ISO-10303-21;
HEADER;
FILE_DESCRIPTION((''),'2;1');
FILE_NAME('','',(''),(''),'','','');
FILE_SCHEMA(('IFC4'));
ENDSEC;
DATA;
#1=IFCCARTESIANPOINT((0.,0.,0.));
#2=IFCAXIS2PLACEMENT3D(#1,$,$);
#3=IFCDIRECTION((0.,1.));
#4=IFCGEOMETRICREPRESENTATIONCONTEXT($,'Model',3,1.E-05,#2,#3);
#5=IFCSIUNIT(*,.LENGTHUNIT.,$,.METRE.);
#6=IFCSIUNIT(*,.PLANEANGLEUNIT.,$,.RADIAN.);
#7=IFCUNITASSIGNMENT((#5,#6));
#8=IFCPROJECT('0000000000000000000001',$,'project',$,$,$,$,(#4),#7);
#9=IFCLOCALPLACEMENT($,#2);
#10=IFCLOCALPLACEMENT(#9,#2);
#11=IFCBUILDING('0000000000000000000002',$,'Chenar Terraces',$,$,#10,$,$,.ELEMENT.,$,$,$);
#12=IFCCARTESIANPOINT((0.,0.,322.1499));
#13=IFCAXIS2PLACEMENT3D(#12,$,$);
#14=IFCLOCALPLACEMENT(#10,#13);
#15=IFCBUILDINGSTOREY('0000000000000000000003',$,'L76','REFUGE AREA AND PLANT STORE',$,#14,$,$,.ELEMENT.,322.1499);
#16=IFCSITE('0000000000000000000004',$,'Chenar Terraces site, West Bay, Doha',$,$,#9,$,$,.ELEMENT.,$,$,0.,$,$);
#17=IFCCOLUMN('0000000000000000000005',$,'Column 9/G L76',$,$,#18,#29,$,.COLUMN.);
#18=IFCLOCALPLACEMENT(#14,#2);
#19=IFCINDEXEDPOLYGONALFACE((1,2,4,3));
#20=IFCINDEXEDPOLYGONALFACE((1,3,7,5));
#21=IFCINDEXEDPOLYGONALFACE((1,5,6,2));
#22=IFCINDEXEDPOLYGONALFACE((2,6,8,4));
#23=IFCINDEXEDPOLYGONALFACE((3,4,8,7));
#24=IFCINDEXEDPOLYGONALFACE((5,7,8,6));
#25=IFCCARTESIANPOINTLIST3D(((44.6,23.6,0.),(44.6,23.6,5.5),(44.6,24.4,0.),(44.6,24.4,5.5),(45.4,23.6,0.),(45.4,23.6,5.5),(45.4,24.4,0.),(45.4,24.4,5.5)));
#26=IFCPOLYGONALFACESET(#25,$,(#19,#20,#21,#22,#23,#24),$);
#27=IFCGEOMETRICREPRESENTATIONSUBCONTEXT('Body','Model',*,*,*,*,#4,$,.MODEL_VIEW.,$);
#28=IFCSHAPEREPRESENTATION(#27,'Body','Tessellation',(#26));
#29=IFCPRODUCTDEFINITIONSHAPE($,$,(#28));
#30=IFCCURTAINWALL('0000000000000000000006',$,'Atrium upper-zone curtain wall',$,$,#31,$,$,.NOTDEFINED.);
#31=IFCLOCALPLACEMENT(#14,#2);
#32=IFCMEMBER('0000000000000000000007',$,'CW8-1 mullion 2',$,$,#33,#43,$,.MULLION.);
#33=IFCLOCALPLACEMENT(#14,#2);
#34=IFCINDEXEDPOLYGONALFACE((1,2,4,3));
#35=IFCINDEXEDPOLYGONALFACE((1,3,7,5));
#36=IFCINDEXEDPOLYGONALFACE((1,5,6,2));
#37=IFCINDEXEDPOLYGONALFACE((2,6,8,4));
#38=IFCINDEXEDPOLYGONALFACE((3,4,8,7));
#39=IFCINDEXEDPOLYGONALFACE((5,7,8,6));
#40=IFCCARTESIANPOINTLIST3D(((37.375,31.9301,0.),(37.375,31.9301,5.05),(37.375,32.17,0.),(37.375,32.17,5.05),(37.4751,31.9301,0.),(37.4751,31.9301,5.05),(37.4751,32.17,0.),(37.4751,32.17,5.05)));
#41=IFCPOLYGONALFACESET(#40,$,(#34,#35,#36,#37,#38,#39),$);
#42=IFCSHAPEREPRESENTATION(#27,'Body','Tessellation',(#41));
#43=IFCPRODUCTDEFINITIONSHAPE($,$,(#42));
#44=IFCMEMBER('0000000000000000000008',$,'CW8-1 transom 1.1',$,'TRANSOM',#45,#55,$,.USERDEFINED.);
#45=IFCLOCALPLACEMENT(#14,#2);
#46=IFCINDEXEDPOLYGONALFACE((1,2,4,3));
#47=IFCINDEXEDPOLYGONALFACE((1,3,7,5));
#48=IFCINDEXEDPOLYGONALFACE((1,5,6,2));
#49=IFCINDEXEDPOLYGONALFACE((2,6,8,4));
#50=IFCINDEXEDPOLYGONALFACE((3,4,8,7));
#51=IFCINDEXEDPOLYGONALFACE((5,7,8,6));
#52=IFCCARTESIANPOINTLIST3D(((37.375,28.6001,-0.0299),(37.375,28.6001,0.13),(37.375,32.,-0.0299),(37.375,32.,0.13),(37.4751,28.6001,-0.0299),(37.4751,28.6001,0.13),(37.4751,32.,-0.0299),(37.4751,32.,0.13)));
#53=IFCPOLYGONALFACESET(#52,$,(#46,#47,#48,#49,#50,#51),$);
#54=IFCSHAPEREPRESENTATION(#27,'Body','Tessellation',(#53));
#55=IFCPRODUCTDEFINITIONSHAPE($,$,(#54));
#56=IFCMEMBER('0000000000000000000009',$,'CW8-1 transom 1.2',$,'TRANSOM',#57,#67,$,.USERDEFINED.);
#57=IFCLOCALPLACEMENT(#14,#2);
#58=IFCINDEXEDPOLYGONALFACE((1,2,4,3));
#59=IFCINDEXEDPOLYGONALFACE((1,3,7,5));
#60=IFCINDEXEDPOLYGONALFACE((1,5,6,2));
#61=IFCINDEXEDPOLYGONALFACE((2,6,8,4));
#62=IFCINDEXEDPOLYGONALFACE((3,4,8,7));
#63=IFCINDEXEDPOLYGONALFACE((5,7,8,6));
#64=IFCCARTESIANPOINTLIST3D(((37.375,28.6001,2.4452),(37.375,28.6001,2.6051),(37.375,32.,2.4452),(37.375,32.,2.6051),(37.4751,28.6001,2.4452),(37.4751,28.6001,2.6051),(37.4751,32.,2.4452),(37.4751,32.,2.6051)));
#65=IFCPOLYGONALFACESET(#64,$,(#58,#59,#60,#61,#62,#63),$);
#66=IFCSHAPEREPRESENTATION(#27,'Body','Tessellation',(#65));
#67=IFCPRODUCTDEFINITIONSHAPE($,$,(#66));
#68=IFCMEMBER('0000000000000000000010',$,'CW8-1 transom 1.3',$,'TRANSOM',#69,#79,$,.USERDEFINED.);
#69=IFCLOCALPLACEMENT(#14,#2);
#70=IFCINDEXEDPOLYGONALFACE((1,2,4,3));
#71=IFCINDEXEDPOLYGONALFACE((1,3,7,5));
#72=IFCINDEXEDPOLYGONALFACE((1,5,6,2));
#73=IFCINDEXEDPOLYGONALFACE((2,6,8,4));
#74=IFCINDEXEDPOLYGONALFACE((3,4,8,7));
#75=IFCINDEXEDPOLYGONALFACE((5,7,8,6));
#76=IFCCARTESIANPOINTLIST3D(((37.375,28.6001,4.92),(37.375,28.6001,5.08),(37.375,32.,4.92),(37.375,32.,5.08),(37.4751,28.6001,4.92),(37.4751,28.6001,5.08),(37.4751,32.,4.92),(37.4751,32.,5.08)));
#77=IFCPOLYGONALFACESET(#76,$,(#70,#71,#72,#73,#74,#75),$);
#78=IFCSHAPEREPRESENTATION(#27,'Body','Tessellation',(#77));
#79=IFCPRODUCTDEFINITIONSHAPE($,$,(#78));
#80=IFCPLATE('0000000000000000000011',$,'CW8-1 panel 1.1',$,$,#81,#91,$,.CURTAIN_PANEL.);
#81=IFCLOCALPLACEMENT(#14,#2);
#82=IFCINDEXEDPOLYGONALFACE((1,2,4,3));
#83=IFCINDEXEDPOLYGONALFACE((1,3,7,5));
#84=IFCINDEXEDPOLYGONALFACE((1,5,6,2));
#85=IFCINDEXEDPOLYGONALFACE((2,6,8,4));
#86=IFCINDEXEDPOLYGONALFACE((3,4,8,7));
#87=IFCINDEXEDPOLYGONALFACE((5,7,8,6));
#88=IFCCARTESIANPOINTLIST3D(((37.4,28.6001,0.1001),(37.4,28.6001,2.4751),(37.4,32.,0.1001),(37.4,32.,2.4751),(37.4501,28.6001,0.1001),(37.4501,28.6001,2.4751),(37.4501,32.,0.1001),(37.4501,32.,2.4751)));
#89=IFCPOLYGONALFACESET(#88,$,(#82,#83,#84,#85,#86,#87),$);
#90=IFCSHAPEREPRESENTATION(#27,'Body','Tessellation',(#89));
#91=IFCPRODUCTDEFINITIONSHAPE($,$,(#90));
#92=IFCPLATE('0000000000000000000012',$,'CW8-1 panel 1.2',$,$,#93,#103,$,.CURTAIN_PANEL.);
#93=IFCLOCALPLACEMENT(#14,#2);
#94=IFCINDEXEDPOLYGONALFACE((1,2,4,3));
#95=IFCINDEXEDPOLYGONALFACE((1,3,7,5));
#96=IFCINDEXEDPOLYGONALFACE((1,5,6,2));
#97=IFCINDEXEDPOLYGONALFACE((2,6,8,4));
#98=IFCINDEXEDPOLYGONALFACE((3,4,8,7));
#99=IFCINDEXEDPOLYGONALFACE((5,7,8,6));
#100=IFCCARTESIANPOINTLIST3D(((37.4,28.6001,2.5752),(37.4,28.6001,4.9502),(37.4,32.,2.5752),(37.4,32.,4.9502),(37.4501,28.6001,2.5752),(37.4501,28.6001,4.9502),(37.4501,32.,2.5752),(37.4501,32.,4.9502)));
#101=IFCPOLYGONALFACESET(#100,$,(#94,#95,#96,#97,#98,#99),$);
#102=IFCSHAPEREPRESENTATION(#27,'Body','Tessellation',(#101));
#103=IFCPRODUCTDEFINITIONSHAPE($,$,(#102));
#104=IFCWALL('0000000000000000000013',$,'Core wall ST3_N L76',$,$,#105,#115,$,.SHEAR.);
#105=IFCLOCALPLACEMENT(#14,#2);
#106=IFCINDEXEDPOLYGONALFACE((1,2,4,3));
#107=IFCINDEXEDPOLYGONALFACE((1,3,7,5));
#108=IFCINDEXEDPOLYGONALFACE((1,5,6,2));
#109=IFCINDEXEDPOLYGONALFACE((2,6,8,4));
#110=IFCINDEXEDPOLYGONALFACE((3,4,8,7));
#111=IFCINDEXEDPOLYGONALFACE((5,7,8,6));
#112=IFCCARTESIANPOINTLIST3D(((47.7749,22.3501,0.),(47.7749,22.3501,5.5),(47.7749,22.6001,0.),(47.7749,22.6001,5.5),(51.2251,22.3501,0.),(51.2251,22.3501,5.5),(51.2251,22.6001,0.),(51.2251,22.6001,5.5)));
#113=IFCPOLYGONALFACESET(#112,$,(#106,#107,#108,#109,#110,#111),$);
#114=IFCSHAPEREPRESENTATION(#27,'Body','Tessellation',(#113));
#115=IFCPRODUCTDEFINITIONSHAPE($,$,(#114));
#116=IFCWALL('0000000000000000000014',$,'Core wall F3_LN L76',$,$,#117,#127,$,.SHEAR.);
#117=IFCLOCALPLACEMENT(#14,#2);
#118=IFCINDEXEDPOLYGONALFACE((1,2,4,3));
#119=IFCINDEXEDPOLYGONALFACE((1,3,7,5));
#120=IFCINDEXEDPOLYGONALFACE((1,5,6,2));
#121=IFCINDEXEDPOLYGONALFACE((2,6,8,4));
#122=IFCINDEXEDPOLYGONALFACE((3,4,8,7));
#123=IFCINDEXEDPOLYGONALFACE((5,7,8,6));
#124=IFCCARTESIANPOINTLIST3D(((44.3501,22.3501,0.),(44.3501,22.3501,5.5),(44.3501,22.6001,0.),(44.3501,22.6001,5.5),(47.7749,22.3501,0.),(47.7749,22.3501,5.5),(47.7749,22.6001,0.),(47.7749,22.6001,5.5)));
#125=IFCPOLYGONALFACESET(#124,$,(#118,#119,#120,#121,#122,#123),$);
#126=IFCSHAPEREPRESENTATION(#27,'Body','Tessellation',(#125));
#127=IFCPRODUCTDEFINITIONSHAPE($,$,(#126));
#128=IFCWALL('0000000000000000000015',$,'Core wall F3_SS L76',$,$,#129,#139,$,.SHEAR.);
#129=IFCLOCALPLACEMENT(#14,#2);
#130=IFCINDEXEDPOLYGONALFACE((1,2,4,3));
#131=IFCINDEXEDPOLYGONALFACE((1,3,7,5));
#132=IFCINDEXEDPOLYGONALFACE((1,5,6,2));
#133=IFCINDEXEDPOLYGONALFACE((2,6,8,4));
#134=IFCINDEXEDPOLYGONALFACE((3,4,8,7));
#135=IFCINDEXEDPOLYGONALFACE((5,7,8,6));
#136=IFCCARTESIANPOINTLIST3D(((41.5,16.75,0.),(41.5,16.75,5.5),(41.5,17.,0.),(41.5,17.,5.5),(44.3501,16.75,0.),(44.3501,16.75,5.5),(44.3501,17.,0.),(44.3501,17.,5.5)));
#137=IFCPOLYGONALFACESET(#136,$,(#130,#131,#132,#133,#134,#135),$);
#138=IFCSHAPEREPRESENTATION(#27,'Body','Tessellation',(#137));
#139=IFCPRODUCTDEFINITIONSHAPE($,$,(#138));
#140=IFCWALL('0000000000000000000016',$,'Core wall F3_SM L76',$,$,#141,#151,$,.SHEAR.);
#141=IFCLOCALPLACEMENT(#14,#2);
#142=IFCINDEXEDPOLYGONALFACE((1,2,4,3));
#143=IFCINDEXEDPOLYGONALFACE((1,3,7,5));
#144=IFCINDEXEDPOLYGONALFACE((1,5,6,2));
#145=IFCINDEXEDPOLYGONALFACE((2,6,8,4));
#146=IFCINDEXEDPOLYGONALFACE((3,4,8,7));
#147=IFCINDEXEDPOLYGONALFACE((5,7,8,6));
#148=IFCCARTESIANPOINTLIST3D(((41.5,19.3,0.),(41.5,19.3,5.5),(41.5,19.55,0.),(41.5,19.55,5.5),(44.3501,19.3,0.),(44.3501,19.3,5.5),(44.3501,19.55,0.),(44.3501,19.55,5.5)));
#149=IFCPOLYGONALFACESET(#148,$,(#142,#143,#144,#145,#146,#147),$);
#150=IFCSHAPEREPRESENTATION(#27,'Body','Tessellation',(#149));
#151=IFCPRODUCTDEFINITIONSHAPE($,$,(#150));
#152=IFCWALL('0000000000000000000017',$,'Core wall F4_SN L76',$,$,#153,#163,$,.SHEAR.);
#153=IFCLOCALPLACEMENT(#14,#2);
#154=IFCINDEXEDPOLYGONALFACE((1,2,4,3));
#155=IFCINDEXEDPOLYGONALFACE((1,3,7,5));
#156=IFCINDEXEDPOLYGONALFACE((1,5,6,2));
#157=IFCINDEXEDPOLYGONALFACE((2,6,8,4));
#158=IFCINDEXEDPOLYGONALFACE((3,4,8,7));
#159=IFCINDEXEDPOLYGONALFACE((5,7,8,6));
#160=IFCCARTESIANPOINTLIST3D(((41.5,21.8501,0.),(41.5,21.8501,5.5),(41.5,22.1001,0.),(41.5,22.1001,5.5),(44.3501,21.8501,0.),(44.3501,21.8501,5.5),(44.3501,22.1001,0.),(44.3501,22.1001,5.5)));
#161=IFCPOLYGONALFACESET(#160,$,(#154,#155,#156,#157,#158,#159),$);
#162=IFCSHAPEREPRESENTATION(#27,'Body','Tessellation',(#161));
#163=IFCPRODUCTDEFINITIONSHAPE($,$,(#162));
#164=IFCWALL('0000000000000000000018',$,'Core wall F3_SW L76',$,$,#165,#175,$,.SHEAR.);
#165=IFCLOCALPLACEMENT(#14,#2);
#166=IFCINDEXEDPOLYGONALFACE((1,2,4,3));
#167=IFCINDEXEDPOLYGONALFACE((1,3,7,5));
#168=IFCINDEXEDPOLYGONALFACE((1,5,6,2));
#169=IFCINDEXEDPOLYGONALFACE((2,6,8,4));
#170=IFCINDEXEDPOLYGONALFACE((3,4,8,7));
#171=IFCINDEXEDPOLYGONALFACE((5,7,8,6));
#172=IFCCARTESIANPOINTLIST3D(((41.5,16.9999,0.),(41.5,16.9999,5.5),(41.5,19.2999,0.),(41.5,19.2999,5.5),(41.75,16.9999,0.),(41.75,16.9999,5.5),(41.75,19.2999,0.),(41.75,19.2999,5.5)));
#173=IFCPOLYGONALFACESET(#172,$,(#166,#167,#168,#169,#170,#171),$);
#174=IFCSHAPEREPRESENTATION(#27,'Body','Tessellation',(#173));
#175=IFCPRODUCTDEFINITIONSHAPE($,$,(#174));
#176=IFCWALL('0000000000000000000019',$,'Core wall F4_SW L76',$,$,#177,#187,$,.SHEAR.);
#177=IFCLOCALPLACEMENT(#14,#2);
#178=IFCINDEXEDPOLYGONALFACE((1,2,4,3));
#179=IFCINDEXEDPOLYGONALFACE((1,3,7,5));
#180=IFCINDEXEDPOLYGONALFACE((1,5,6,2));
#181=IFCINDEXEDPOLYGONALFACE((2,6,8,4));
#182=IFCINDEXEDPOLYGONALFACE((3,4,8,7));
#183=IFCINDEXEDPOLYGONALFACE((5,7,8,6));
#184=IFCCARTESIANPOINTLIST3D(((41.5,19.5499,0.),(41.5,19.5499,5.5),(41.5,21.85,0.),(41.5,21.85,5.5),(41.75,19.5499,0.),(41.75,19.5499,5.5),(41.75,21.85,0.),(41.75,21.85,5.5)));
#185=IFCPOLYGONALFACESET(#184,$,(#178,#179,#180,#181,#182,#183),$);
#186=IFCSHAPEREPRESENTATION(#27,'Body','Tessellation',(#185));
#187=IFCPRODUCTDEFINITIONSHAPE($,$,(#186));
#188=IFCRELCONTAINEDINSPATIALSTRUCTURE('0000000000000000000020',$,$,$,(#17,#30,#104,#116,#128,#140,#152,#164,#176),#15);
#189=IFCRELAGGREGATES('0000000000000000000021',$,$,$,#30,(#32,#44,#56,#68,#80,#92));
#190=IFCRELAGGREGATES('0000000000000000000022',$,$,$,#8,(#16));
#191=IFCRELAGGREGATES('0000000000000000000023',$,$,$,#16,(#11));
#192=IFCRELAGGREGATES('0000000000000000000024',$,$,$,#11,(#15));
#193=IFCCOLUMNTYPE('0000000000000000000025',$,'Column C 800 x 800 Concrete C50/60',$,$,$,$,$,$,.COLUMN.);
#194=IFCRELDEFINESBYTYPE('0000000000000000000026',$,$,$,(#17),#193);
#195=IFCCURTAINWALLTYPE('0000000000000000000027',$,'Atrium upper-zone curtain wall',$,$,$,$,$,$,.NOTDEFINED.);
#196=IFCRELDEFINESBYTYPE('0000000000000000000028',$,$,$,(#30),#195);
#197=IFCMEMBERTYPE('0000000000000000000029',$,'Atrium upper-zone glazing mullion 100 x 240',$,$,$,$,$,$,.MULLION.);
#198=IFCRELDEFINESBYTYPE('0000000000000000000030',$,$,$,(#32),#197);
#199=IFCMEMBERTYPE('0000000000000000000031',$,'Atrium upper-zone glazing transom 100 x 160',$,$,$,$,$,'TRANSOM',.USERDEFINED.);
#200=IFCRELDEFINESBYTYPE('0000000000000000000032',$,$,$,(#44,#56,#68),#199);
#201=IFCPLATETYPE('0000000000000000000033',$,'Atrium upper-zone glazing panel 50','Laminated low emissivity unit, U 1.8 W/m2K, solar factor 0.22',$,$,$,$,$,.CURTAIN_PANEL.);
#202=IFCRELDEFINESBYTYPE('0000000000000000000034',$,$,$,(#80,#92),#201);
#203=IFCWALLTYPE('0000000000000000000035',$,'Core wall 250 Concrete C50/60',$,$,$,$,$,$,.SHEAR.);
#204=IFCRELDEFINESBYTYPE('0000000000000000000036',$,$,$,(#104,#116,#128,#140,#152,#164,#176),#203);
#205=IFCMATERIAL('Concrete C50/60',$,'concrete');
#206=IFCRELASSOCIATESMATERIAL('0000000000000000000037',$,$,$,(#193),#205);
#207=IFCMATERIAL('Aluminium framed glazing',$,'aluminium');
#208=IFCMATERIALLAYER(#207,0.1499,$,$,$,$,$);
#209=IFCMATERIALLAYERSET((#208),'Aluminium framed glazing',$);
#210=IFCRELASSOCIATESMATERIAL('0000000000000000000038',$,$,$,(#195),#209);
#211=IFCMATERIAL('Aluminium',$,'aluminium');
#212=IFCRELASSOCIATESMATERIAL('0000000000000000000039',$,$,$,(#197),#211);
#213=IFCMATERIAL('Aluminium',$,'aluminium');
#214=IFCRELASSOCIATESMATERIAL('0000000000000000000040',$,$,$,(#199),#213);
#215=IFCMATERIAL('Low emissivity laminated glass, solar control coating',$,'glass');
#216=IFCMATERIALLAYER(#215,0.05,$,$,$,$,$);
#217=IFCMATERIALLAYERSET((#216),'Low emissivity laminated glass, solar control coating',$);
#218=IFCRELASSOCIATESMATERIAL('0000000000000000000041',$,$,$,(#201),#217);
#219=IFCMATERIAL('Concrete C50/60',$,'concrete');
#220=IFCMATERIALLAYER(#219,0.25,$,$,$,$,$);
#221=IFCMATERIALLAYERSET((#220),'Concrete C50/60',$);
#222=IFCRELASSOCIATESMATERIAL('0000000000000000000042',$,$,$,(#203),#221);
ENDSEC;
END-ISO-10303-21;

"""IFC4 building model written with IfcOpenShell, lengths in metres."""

from ifc_helpers import new_model, si_unit, direction, frame, frame_2d, origin, origin_2d, place, context, subcontext, project, spatial, rectangle, extrude, material, layer, layer_set, material_profile, profile_set, type_object, element, aggregate, save


model = new_model("IFC4")

# Units and contexts
model_context = context("Model", 3, precision=1e-05, world=origin(), true_north=direction((0.0, 1.0)))
body_context = subcontext(model_context, "Body", "Model", "MODEL_VIEW")
ifc_project = project(units=[si_unit("LENGTHUNIT", "METRE"), si_unit("PLANEANGLEUNIT", "RADIAN")], contexts=[model_context])

# Site, building, storey
site_placement = place(None, origin())
site = spatial("IfcSite", under=ifc_project, at=site_placement, Name="Chenar Terraces site, West Bay, Doha", CompositionType="ELEMENT", RefElevation=0.0)
building_placement = place(site_placement, origin())
building = spatial("IfcBuilding", under=site, at=building_placement, Name="Chenar Terraces", CompositionType="ELEMENT")
storey_placement = place(building_placement, frame((0.0, 0.0, 322.1499)))
storey = spatial("IfcBuildingStorey", under=building, at=storey_placement, Name="L76", Description="REFUGE AREA AND PLANT STORE", CompositionType="ELEMENT", Elevation=322.1499)

# Column
ifc_material_1 = material(Name="Concrete C50/60", Category="concrete")
ifc_material_profile_1 = material_profile(ifc_material_1, rectangle(XDim=0.8, YDim=0.8, at=origin_2d()), Name="C 800 x 800")
ifc_profile_set_1 = profile_set([ifc_material_profile_1], Name="Concrete C50/60")
column_type = type_object("IfcColumnType", Name="Column C 800 x 800 Concrete C50/60", PredefinedType="COLUMN", material=ifc_profile_set_1)
column_placement = place(storey_placement, frame((45.0, 24.0, 0.0), z_axis=(0.0, 0.0, 1.0), x_axis=(1.0, 0.0, 0.0)))
element("IfcColumn", 1, at=column_placement, inside=storey, type_object=column_type, Name="Column 9/G L76", PredefinedType="COLUMN", context=body_context, shape_type="SweptSolid", body=[
    extrude(rectangle(XDim=0.8, YDim=0.8, at=origin_2d()), origin(), (0.0, 0.0, 1.0), 5.5),
])

# Curtain wall, members, plates
ifc_material_2 = material(Name="Aluminium framed glazing", Category="aluminium")
ifc_layer_1 = layer(ifc_material_2, 0.1499)
ifc_layer_set_1 = layer_set([ifc_layer_1], Name="Aluminium framed glazing")
curtain_wall_type = type_object("IfcCurtainWallType", Name="Atrium upper-zone curtain wall", PredefinedType="NOTDEFINED", material=ifc_layer_set_1)
curtain_wall_placement = place(storey_placement, origin())
curtain_wall = element("IfcCurtainWall", 2, at=curtain_wall_placement, inside=storey, type_object=curtain_wall_type, Name="Atrium upper-zone curtain wall", PredefinedType="NOTDEFINED")
ifc_material_3 = material(Name="Aluminium", Category="aluminium")
ifc_material_profile_2 = material_profile(ifc_material_3, rectangle(XDim=0.1001, YDim=0.24, at=origin_2d()), Name="Atrium upper-zone glazing mullion 100 x 240")
ifc_profile_set_2 = profile_set([ifc_material_profile_2], Name="Aluminium")
member_type_1 = type_object("IfcMemberType", Name="Atrium upper-zone glazing mullion 100 x 240", PredefinedType="MULLION", material=ifc_profile_set_2)
member_1_placement = place(storey_placement, frame((37.425, 32.05, 0.0), z_axis=(0.0, 0.0, 1.0), x_axis=(-1.0, 0.0, 0.0)))
member_1 = element("IfcMember", 3, at=member_1_placement, type_object=member_type_1, Name="CW8-1 mullion 2", PredefinedType="MULLION", context=body_context, shape_type="SweptSolid", body=[
    extrude(rectangle(XDim=0.1001, YDim=0.24, at=origin_2d()), origin(), (0.0, 0.0, 1.0), 5.05),
])
ifc_material_4 = material(Name="Aluminium", Category="aluminium")
ifc_material_profile_3 = material_profile(ifc_material_4, rectangle(XDim=0.1001, YDim=0.1599, at=origin_2d()), Name="Atrium upper-zone glazing transom 100 x 160")
ifc_profile_set_3 = profile_set([ifc_material_profile_3], Name="Aluminium")
member_type_2 = type_object("IfcMemberType", Name="Atrium upper-zone glazing transom 100 x 160", ElementType="TRANSOM", PredefinedType="USERDEFINED", material=ifc_profile_set_3)
member_2_placement = place(storey_placement, frame((37.425, 28.6001, 0.05), z_axis=(0.0, 1.0, 0.0), x_axis=(-1.0, 0.0, 0.0)))
member_2 = element("IfcMember", 4, at=member_2_placement, type_object=member_type_2, Name="CW8-1 transom 1.1", ObjectType="TRANSOM", PredefinedType="USERDEFINED", context=body_context, shape_type="SweptSolid", body=[
    extrude(rectangle(XDim=0.1001, YDim=0.1599, at=origin_2d()), origin(), (0.0, 0.0, 1.0), 3.3999),
])
member_3_placement = place(storey_placement, frame((37.425, 28.6001, 2.5251), z_axis=(0.0, 1.0, 0.0), x_axis=(-1.0, 0.0, 0.0)))
member_3 = element("IfcMember", 5, at=member_3_placement, type_object=member_type_2, Name="CW8-1 transom 1.2", ObjectType="TRANSOM", PredefinedType="USERDEFINED", context=body_context, shape_type="SweptSolid", body=[
    extrude(rectangle(XDim=0.1001, YDim=0.1599, at=origin_2d()), origin(), (0.0, 0.0, 1.0), 3.3999),
])
member_4_placement = place(storey_placement, frame((37.425, 28.6001, 5.0), z_axis=(0.0, 1.0, 0.0), x_axis=(-1.0, 0.0, 0.0)))
member_4 = element("IfcMember", 6, at=member_4_placement, type_object=member_type_2, Name="CW8-1 transom 1.3", ObjectType="TRANSOM", PredefinedType="USERDEFINED", context=body_context, shape_type="SweptSolid", body=[
    extrude(rectangle(XDim=0.1001, YDim=0.1599, at=origin_2d()), origin(), (0.0, 0.0, 1.0), 3.3999),
])
ifc_material_5 = material(Name="Low emissivity laminated glass, solar control coating", Category="glass")
ifc_layer_2 = layer(ifc_material_5, 0.05)
ifc_layer_set_2 = layer_set([ifc_layer_2], Name="Low emissivity laminated glass, solar control coating")
plate_type = type_object("IfcPlateType", Name="Atrium upper-zone glazing panel 50", Description="Laminated low emissivity unit, U 1.8 W/m2K, solar factor 0.22", PredefinedType="CURTAIN_PANEL", material=ifc_layer_set_2)
plate_1_placement = place(storey_placement, frame((37.425, 30.3, 0.1001), z_axis=(0.0, 0.0, 1.0), x_axis=(0.0, 1.0, 0.0)))
plate_1 = element("IfcPlate", 7, at=plate_1_placement, type_object=plate_type, Name="CW8-1 panel 1.1", PredefinedType="CURTAIN_PANEL", context=body_context, shape_type="SweptSolid", body=[
    extrude(rectangle(XDim=3.3999, YDim=0.05, at=origin_2d()), origin(), (0.0, 0.0, 1.0), 2.375),
])
plate_2_placement = place(storey_placement, frame((37.425, 30.3, 2.5752), z_axis=(0.0, 0.0, 1.0), x_axis=(0.0, 1.0, 0.0)))
plate_2 = element("IfcPlate", 8, at=plate_2_placement, type_object=plate_type, Name="CW8-1 panel 1.2", PredefinedType="CURTAIN_PANEL", context=body_context, shape_type="SweptSolid", body=[
    extrude(rectangle(XDim=3.3999, YDim=0.05, at=origin_2d()), origin(), (0.0, 0.0, 1.0), 2.375),
])
aggregate(curtain_wall, [member_1, member_2, member_3, member_4, plate_1, plate_2])

# Walls
ifc_material_6 = material(Name="Concrete C50/60", Category="concrete")
ifc_layer_3 = layer(ifc_material_6, 0.25)
ifc_layer_set_3 = layer_set([ifc_layer_3], Name="Concrete C50/60")
wall_type_1 = type_object("IfcWallType", Name="Core wall 250 Concrete C50/60", PredefinedType="SHEAR", material=ifc_layer_set_3)
wall_1_placement = place(storey_placement, frame((47.7749, 22.4751, 0.0), z_axis=(0.0, 0.0, 1.0), x_axis=(1.0, 0.0, 0.0)))
element("IfcWall", 9, at=wall_1_placement, inside=storey, type_object=wall_type_1, Name="Core wall ST3_N L76", PredefinedType="SHEAR", context=body_context, shape_type="SweptSolid", body=[
    extrude(rectangle(XDim=3.4502, YDim=0.25, at=frame_2d((1.7251, 0.0))), origin(), (0.0, 0.0, 1.0), 5.5),
])
wall_2_placement = place(storey_placement, frame((44.3501, 22.4751, 0.0), z_axis=(0.0, 0.0, 1.0), x_axis=(1.0, 0.0, 0.0)))
element("IfcWall", 10, at=wall_2_placement, inside=storey, type_object=wall_type_1, Name="Core wall F3_LN L76", PredefinedType="SHEAR", context=body_context, shape_type="SweptSolid", body=[
    extrude(rectangle(XDim=3.4248, YDim=0.25, at=frame_2d((1.7124, 0.0))), origin(), (0.0, 0.0, 1.0), 5.5),
])
for number, where, z_axis, x_axis, name in (
    (11, (41.5, 16.875, 0.0), (0.0, 0.0, 1.0), (1.0, 0.0, 0.0), "Core wall F3_SS L76"),
    (12, (41.5, 19.425, 0.0), (0.0, 0.0, 1.0), (1.0, 0.0, 0.0), "Core wall F3_SM L76"),
    (13, (41.5, 21.9751, 0.0), (0.0, 0.0, 1.0), (1.0, 0.0, 0.0), "Core wall F4_SN L76"),
):
    element("IfcWall", number, at=place(storey_placement, frame(where, z_axis=z_axis, x_axis=x_axis)), inside=storey, type_object=wall_type_1, Name=name, PredefinedType="SHEAR", context=body_context, shape_type="SweptSolid", body=[
        extrude(rectangle(XDim=2.8501, YDim=0.25, at=frame_2d((1.425, 0.0))), origin(), (0.0, 0.0, 1.0), 5.5),
    ])
for number, where, z_axis, x_axis, name in (
    (14, (41.625, 17.0, 0.0), (0.0, 0.0, 1.0), (0.0, 1.0, 0.0), "Core wall F3_SW L76"),
    (15, (41.625, 19.55, 0.0), (0.0, 0.0, 1.0), (0.0, 1.0, 0.0), "Core wall F4_SW L76"),
):
    element("IfcWall", number, at=place(storey_placement, frame(where, z_axis=z_axis, x_axis=x_axis)), inside=storey, type_object=wall_type_1, Name=name, PredefinedType="SHEAR", context=body_context, shape_type="SweptSolid", body=[
        extrude(rectangle(XDim=2.3, YDim=0.25, at=frame_2d((1.1499, 0.0))), origin(), (0.0, 0.0, 1.0), 5.5),
    ])

save(model, "model.ifc")
